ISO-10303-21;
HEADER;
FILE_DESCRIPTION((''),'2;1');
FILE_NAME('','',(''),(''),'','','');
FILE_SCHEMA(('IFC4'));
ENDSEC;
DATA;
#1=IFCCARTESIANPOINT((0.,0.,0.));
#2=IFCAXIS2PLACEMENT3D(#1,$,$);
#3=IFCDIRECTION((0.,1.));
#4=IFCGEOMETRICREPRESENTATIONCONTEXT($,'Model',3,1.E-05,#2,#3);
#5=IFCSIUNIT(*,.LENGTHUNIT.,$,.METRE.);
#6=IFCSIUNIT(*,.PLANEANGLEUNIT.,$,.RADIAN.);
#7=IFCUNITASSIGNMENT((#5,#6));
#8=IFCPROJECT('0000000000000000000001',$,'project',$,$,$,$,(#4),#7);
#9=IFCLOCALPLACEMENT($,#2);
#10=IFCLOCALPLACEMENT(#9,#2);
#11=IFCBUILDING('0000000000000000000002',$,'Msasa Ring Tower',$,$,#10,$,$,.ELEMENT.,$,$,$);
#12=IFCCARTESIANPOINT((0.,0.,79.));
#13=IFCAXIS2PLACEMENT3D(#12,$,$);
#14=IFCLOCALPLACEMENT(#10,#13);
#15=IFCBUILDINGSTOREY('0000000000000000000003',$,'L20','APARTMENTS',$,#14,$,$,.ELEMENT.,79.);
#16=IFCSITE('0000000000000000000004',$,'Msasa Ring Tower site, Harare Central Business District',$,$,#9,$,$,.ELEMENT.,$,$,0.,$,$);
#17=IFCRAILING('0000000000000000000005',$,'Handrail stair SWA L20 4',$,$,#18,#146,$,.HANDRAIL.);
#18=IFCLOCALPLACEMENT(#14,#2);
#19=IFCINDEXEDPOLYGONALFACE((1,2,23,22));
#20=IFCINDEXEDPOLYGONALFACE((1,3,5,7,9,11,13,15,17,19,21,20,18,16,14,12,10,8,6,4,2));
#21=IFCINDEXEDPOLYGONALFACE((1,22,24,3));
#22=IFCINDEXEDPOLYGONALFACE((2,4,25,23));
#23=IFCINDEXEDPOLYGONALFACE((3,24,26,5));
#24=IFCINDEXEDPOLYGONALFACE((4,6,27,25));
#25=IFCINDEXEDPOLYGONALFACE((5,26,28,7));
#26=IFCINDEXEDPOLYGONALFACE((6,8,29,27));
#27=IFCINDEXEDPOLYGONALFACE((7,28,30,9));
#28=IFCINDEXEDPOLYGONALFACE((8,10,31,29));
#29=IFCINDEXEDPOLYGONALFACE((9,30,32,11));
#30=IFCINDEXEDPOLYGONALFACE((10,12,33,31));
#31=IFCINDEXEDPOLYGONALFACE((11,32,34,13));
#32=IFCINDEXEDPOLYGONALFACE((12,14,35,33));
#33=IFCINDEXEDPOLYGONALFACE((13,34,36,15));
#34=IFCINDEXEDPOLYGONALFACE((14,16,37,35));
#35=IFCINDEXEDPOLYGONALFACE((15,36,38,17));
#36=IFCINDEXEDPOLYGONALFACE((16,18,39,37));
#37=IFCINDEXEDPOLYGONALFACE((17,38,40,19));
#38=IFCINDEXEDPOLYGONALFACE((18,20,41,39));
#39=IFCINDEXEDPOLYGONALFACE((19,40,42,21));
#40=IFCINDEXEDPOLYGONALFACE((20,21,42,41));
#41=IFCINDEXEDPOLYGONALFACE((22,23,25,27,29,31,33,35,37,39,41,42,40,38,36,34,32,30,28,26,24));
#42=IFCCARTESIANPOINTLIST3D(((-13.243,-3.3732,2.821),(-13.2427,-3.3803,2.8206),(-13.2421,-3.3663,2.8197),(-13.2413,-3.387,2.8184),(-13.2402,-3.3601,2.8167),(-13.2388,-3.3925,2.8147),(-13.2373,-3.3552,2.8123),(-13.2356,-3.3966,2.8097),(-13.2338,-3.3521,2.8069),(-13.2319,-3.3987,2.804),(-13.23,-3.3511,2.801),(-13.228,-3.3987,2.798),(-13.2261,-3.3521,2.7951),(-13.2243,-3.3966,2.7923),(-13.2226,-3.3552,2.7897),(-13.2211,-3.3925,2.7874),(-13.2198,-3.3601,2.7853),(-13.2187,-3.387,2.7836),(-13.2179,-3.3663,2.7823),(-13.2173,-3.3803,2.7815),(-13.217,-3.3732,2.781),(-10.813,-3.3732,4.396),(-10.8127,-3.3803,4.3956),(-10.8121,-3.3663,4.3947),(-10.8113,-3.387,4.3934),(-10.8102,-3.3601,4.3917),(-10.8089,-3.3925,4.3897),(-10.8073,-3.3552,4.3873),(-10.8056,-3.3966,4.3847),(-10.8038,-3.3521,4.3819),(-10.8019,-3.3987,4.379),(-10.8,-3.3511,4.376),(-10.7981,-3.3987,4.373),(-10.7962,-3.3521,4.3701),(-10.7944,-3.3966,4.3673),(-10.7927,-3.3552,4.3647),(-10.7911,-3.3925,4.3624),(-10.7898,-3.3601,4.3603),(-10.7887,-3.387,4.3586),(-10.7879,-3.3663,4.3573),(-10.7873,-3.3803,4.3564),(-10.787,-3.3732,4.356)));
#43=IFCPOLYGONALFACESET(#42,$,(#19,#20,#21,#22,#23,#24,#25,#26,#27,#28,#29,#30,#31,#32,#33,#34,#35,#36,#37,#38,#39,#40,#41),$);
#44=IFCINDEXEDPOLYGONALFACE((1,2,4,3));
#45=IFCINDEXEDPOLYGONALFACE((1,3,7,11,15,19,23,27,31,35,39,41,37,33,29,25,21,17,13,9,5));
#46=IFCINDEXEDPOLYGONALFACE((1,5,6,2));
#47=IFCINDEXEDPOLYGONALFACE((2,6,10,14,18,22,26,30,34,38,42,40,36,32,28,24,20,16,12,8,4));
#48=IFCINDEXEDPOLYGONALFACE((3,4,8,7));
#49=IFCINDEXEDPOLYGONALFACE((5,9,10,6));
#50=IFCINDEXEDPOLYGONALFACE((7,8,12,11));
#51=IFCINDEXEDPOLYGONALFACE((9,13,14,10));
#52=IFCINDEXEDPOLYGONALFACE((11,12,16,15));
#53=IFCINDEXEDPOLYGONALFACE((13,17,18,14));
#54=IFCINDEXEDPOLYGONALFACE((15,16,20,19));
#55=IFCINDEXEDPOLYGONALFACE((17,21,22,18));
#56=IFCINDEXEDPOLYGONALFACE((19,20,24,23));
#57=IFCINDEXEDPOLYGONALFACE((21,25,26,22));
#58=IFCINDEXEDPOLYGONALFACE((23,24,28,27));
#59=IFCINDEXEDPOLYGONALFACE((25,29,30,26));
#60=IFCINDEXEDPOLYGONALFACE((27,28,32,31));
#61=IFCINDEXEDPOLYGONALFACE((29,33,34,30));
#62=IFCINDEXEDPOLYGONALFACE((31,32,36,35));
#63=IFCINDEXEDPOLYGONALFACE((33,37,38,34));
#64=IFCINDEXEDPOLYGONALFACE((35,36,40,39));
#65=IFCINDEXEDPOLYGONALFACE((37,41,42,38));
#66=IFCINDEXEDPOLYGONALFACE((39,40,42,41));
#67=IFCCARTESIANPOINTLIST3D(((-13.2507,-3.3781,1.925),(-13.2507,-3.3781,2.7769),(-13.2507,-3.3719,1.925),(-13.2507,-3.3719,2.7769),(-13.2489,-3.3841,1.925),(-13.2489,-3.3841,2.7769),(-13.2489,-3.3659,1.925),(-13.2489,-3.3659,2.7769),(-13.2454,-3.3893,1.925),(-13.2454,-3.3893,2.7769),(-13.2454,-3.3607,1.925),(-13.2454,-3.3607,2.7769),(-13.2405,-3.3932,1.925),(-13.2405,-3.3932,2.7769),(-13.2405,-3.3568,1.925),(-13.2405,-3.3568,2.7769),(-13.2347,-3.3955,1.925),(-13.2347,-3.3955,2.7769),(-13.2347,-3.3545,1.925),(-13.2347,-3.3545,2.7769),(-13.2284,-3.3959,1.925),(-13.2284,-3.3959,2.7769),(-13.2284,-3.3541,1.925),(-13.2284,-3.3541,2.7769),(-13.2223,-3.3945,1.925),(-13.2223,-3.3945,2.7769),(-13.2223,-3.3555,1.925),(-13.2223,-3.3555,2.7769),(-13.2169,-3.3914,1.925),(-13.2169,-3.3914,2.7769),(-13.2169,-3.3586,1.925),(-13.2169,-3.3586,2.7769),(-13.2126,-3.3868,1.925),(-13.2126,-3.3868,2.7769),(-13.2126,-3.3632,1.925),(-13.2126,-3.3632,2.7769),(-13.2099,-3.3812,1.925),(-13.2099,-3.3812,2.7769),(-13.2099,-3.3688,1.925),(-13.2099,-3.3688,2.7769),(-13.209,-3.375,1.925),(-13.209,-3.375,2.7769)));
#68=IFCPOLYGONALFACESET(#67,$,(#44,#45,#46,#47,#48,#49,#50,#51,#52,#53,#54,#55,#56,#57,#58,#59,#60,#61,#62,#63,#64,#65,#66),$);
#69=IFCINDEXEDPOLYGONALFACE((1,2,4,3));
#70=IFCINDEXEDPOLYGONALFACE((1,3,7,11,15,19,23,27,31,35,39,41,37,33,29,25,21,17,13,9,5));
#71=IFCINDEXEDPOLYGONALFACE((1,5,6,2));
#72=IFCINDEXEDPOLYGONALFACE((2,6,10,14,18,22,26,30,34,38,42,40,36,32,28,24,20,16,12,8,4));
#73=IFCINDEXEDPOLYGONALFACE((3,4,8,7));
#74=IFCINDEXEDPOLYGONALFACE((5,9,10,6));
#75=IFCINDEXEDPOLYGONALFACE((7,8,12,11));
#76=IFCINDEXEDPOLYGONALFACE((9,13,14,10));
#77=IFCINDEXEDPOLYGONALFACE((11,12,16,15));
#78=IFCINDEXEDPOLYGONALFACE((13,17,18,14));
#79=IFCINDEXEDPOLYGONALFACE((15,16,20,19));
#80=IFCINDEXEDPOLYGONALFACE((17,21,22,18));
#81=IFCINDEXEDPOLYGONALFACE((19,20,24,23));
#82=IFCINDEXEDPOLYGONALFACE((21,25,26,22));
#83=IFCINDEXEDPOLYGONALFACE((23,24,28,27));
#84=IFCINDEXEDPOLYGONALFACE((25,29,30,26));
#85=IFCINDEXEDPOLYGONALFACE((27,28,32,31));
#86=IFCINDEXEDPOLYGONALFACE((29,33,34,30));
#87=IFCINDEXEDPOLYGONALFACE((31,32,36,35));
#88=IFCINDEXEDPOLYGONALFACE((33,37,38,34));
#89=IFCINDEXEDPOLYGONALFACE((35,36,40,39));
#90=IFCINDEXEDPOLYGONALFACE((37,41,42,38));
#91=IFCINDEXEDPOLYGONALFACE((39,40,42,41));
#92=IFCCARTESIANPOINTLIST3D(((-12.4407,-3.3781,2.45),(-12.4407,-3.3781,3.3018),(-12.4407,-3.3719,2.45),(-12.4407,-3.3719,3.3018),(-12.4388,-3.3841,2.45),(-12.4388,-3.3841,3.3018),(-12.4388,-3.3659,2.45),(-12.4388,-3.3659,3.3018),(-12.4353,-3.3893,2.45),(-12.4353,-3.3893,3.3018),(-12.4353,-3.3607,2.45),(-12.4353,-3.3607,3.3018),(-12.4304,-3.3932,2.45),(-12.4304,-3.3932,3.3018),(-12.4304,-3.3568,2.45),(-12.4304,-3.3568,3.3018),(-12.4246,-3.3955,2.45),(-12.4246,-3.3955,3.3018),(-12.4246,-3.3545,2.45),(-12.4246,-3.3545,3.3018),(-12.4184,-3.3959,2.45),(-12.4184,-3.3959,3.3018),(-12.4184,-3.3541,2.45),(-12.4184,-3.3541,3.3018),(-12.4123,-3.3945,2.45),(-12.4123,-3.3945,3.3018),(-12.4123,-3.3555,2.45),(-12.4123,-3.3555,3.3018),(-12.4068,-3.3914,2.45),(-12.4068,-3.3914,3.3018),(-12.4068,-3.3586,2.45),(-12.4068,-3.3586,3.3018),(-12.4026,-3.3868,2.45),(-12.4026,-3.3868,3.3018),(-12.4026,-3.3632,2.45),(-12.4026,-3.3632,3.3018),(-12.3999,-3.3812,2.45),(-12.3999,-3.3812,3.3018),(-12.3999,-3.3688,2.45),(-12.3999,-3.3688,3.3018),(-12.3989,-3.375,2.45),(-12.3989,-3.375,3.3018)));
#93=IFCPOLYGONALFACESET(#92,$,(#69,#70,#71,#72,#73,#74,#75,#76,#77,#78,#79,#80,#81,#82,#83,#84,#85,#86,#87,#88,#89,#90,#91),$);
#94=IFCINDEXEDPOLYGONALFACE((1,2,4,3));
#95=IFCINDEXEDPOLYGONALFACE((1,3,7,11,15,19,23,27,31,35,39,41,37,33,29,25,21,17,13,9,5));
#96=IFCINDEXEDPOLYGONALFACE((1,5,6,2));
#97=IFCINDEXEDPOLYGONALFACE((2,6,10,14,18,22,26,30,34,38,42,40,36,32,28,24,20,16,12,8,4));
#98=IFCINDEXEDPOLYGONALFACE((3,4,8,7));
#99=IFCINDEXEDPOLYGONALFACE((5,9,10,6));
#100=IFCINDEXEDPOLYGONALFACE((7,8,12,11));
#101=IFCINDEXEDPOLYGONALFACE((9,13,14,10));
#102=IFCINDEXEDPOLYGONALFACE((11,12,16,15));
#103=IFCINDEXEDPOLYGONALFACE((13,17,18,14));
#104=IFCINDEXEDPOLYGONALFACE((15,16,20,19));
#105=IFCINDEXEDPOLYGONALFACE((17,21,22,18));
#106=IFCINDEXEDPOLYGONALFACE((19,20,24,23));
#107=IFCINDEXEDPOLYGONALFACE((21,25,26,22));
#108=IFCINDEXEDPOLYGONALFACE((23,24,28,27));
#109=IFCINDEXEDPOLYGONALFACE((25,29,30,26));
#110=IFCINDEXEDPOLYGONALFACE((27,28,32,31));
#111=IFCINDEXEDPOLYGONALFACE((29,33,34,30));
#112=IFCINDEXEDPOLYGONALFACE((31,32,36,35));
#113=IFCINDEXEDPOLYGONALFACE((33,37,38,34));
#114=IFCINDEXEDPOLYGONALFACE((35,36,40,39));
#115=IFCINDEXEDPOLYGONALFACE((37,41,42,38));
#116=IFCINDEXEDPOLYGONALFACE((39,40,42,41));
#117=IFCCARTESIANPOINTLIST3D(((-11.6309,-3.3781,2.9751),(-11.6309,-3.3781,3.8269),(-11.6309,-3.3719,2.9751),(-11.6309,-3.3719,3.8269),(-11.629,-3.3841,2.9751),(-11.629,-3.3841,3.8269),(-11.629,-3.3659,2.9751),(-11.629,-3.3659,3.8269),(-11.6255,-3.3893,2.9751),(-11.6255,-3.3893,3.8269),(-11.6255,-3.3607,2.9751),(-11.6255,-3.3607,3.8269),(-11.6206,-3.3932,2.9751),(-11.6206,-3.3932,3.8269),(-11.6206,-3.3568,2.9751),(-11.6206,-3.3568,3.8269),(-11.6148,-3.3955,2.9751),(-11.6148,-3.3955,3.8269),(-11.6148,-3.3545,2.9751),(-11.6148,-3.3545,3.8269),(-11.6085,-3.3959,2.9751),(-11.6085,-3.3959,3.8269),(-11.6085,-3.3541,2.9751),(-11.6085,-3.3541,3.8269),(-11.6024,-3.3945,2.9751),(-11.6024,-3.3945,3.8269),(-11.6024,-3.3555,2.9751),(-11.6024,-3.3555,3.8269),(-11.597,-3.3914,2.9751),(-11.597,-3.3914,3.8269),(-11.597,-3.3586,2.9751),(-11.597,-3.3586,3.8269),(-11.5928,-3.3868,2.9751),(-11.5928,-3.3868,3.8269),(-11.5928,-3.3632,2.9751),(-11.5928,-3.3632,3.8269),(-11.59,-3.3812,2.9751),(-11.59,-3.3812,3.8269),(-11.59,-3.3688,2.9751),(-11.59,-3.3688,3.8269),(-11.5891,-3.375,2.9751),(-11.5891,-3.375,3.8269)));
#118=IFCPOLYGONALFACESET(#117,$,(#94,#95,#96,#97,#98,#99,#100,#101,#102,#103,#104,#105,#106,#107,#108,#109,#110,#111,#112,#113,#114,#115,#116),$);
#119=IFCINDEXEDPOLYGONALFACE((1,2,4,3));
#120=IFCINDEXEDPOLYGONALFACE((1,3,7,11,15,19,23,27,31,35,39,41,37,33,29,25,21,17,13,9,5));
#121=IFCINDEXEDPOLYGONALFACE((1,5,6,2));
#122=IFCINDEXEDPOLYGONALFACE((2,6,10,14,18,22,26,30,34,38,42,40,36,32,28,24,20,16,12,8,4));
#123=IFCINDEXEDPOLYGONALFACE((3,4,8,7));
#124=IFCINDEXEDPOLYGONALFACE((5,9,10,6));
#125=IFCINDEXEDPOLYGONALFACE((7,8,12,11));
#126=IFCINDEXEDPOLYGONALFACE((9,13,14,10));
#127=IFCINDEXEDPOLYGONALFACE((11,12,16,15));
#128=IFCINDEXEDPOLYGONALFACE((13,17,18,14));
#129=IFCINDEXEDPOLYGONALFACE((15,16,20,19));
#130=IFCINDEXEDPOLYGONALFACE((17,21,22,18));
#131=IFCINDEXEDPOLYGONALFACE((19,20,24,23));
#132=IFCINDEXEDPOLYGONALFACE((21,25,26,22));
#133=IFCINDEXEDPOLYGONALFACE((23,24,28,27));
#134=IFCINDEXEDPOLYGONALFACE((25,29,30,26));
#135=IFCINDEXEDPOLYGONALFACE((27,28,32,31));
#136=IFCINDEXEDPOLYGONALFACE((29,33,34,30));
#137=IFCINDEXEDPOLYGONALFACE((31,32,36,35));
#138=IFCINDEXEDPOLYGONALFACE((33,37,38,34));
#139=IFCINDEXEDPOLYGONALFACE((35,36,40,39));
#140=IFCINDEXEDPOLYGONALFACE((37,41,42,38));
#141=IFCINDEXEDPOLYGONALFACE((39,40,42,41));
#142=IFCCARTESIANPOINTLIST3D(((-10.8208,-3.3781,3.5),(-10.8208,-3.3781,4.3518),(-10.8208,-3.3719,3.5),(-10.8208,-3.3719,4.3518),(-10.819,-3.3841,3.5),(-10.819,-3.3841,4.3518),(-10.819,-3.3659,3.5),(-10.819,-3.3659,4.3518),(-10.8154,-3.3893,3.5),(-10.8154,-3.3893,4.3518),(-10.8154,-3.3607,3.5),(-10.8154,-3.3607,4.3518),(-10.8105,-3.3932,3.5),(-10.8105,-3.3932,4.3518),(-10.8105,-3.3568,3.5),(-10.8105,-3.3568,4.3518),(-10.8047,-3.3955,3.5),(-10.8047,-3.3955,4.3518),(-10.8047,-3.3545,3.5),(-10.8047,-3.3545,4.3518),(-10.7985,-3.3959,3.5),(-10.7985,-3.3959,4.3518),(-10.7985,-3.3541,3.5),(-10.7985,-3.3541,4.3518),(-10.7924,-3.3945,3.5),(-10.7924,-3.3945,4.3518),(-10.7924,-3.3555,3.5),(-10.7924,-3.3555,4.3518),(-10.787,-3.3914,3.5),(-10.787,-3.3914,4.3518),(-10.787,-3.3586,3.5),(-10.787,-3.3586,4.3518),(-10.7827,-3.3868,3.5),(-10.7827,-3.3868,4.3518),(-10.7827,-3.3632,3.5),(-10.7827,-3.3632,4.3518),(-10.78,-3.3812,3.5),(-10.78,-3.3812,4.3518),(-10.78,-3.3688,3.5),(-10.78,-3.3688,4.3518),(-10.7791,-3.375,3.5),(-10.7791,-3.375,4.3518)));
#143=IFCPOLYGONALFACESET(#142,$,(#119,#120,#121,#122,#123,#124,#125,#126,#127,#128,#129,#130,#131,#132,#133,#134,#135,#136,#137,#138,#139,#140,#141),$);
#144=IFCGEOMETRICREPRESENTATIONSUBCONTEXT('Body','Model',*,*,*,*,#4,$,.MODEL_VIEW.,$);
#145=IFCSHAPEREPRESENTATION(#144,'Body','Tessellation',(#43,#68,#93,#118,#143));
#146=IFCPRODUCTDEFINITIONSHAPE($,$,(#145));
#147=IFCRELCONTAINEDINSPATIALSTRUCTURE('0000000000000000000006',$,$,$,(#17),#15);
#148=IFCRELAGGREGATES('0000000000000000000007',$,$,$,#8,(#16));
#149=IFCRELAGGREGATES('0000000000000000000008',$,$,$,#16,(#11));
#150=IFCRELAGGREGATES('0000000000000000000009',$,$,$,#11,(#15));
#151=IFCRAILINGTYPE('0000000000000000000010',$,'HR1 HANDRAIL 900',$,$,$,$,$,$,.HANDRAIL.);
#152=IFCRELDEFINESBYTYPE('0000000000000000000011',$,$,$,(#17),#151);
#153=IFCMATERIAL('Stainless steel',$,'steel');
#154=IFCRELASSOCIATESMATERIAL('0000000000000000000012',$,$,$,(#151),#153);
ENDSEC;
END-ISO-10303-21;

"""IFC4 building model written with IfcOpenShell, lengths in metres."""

from ifc_helpers import new_model, si_unit, direction, frame, origin, origin_2d, place, context, subcontext, project, spatial, circle, extrude, material, type_object, element, save


model = new_model("IFC4")

# Units and contexts
model_context = context("Model", 3, precision=1e-05, world=origin(), true_north=direction((0.0, 1.0)))
body_context = subcontext(model_context, "Body", "Model", "MODEL_VIEW")
ifc_project = project(units=[si_unit("LENGTHUNIT", "METRE"), si_unit("PLANEANGLEUNIT", "RADIAN")], contexts=[model_context])

# Site, building, storey
site_placement = place(None, origin())
site = spatial("IfcSite", under=ifc_project, at=site_placement, Name="Msasa Ring Tower site, Harare Central Business District", CompositionType="ELEMENT", RefElevation=0.0)
building_placement = place(site_placement, origin())
building = spatial("IfcBuilding", under=site, at=building_placement, Name="Msasa Ring Tower", CompositionType="ELEMENT")
storey_placement = place(building_placement, frame((0.0, 0.0, 79.0)))
storey = spatial("IfcBuildingStorey", under=building, at=storey_placement, Name="L20", Description="APARTMENTS", CompositionType="ELEMENT", Elevation=79.0)

# Railing
ifc_material_1 = material(Name="Stainless steel", Category="steel")
railing_type = type_object("IfcRailingType", Name="HR1 HANDRAIL 900", PredefinedType="HANDRAIL", material=ifc_material_1)
for number, where, name in (
    (1, (-13.23, -3.375, 1.925), "Handrail stair SWA L20 4"),
):
    element("IfcRailing", number, at=place(storey_placement, frame(where)), inside=storey, type_object=railing_type, Name=name, PredefinedType="HANDRAIL", context=body_context, shape_type="SweptSolid", body=[
        extrude(circle(Radius=0.0239, at=origin_2d()), frame((0.0, 0.0, 0.876), z_axis=(0.839154, 0.0, 0.543894), x_axis=(0.0, 1.0, 0.0)), (0.0, 0.0, 1.0), 2.8958),
        extrude(circle(Radius=0.021, at=origin_2d()), origin(), (0.0, 0.0, 1.0), 0.8518),
        extrude(circle(Radius=0.021, at=origin_2d()), frame((0.8101, 0.0, 0.5249)), (0.0, 0.0, 1.0), 0.8518),
        extrude(circle(Radius=0.021, at=origin_2d()), frame((1.6199, 0.0, 1.05)), (0.0, 0.0, 1.0), 0.8518),
        extrude(circle(Radius=0.021, at=origin_2d()), frame((2.4299, 0.0, 1.575)), (0.0, 0.0, 1.0), 0.8518),
    ])

save(model, "model.ifc")
